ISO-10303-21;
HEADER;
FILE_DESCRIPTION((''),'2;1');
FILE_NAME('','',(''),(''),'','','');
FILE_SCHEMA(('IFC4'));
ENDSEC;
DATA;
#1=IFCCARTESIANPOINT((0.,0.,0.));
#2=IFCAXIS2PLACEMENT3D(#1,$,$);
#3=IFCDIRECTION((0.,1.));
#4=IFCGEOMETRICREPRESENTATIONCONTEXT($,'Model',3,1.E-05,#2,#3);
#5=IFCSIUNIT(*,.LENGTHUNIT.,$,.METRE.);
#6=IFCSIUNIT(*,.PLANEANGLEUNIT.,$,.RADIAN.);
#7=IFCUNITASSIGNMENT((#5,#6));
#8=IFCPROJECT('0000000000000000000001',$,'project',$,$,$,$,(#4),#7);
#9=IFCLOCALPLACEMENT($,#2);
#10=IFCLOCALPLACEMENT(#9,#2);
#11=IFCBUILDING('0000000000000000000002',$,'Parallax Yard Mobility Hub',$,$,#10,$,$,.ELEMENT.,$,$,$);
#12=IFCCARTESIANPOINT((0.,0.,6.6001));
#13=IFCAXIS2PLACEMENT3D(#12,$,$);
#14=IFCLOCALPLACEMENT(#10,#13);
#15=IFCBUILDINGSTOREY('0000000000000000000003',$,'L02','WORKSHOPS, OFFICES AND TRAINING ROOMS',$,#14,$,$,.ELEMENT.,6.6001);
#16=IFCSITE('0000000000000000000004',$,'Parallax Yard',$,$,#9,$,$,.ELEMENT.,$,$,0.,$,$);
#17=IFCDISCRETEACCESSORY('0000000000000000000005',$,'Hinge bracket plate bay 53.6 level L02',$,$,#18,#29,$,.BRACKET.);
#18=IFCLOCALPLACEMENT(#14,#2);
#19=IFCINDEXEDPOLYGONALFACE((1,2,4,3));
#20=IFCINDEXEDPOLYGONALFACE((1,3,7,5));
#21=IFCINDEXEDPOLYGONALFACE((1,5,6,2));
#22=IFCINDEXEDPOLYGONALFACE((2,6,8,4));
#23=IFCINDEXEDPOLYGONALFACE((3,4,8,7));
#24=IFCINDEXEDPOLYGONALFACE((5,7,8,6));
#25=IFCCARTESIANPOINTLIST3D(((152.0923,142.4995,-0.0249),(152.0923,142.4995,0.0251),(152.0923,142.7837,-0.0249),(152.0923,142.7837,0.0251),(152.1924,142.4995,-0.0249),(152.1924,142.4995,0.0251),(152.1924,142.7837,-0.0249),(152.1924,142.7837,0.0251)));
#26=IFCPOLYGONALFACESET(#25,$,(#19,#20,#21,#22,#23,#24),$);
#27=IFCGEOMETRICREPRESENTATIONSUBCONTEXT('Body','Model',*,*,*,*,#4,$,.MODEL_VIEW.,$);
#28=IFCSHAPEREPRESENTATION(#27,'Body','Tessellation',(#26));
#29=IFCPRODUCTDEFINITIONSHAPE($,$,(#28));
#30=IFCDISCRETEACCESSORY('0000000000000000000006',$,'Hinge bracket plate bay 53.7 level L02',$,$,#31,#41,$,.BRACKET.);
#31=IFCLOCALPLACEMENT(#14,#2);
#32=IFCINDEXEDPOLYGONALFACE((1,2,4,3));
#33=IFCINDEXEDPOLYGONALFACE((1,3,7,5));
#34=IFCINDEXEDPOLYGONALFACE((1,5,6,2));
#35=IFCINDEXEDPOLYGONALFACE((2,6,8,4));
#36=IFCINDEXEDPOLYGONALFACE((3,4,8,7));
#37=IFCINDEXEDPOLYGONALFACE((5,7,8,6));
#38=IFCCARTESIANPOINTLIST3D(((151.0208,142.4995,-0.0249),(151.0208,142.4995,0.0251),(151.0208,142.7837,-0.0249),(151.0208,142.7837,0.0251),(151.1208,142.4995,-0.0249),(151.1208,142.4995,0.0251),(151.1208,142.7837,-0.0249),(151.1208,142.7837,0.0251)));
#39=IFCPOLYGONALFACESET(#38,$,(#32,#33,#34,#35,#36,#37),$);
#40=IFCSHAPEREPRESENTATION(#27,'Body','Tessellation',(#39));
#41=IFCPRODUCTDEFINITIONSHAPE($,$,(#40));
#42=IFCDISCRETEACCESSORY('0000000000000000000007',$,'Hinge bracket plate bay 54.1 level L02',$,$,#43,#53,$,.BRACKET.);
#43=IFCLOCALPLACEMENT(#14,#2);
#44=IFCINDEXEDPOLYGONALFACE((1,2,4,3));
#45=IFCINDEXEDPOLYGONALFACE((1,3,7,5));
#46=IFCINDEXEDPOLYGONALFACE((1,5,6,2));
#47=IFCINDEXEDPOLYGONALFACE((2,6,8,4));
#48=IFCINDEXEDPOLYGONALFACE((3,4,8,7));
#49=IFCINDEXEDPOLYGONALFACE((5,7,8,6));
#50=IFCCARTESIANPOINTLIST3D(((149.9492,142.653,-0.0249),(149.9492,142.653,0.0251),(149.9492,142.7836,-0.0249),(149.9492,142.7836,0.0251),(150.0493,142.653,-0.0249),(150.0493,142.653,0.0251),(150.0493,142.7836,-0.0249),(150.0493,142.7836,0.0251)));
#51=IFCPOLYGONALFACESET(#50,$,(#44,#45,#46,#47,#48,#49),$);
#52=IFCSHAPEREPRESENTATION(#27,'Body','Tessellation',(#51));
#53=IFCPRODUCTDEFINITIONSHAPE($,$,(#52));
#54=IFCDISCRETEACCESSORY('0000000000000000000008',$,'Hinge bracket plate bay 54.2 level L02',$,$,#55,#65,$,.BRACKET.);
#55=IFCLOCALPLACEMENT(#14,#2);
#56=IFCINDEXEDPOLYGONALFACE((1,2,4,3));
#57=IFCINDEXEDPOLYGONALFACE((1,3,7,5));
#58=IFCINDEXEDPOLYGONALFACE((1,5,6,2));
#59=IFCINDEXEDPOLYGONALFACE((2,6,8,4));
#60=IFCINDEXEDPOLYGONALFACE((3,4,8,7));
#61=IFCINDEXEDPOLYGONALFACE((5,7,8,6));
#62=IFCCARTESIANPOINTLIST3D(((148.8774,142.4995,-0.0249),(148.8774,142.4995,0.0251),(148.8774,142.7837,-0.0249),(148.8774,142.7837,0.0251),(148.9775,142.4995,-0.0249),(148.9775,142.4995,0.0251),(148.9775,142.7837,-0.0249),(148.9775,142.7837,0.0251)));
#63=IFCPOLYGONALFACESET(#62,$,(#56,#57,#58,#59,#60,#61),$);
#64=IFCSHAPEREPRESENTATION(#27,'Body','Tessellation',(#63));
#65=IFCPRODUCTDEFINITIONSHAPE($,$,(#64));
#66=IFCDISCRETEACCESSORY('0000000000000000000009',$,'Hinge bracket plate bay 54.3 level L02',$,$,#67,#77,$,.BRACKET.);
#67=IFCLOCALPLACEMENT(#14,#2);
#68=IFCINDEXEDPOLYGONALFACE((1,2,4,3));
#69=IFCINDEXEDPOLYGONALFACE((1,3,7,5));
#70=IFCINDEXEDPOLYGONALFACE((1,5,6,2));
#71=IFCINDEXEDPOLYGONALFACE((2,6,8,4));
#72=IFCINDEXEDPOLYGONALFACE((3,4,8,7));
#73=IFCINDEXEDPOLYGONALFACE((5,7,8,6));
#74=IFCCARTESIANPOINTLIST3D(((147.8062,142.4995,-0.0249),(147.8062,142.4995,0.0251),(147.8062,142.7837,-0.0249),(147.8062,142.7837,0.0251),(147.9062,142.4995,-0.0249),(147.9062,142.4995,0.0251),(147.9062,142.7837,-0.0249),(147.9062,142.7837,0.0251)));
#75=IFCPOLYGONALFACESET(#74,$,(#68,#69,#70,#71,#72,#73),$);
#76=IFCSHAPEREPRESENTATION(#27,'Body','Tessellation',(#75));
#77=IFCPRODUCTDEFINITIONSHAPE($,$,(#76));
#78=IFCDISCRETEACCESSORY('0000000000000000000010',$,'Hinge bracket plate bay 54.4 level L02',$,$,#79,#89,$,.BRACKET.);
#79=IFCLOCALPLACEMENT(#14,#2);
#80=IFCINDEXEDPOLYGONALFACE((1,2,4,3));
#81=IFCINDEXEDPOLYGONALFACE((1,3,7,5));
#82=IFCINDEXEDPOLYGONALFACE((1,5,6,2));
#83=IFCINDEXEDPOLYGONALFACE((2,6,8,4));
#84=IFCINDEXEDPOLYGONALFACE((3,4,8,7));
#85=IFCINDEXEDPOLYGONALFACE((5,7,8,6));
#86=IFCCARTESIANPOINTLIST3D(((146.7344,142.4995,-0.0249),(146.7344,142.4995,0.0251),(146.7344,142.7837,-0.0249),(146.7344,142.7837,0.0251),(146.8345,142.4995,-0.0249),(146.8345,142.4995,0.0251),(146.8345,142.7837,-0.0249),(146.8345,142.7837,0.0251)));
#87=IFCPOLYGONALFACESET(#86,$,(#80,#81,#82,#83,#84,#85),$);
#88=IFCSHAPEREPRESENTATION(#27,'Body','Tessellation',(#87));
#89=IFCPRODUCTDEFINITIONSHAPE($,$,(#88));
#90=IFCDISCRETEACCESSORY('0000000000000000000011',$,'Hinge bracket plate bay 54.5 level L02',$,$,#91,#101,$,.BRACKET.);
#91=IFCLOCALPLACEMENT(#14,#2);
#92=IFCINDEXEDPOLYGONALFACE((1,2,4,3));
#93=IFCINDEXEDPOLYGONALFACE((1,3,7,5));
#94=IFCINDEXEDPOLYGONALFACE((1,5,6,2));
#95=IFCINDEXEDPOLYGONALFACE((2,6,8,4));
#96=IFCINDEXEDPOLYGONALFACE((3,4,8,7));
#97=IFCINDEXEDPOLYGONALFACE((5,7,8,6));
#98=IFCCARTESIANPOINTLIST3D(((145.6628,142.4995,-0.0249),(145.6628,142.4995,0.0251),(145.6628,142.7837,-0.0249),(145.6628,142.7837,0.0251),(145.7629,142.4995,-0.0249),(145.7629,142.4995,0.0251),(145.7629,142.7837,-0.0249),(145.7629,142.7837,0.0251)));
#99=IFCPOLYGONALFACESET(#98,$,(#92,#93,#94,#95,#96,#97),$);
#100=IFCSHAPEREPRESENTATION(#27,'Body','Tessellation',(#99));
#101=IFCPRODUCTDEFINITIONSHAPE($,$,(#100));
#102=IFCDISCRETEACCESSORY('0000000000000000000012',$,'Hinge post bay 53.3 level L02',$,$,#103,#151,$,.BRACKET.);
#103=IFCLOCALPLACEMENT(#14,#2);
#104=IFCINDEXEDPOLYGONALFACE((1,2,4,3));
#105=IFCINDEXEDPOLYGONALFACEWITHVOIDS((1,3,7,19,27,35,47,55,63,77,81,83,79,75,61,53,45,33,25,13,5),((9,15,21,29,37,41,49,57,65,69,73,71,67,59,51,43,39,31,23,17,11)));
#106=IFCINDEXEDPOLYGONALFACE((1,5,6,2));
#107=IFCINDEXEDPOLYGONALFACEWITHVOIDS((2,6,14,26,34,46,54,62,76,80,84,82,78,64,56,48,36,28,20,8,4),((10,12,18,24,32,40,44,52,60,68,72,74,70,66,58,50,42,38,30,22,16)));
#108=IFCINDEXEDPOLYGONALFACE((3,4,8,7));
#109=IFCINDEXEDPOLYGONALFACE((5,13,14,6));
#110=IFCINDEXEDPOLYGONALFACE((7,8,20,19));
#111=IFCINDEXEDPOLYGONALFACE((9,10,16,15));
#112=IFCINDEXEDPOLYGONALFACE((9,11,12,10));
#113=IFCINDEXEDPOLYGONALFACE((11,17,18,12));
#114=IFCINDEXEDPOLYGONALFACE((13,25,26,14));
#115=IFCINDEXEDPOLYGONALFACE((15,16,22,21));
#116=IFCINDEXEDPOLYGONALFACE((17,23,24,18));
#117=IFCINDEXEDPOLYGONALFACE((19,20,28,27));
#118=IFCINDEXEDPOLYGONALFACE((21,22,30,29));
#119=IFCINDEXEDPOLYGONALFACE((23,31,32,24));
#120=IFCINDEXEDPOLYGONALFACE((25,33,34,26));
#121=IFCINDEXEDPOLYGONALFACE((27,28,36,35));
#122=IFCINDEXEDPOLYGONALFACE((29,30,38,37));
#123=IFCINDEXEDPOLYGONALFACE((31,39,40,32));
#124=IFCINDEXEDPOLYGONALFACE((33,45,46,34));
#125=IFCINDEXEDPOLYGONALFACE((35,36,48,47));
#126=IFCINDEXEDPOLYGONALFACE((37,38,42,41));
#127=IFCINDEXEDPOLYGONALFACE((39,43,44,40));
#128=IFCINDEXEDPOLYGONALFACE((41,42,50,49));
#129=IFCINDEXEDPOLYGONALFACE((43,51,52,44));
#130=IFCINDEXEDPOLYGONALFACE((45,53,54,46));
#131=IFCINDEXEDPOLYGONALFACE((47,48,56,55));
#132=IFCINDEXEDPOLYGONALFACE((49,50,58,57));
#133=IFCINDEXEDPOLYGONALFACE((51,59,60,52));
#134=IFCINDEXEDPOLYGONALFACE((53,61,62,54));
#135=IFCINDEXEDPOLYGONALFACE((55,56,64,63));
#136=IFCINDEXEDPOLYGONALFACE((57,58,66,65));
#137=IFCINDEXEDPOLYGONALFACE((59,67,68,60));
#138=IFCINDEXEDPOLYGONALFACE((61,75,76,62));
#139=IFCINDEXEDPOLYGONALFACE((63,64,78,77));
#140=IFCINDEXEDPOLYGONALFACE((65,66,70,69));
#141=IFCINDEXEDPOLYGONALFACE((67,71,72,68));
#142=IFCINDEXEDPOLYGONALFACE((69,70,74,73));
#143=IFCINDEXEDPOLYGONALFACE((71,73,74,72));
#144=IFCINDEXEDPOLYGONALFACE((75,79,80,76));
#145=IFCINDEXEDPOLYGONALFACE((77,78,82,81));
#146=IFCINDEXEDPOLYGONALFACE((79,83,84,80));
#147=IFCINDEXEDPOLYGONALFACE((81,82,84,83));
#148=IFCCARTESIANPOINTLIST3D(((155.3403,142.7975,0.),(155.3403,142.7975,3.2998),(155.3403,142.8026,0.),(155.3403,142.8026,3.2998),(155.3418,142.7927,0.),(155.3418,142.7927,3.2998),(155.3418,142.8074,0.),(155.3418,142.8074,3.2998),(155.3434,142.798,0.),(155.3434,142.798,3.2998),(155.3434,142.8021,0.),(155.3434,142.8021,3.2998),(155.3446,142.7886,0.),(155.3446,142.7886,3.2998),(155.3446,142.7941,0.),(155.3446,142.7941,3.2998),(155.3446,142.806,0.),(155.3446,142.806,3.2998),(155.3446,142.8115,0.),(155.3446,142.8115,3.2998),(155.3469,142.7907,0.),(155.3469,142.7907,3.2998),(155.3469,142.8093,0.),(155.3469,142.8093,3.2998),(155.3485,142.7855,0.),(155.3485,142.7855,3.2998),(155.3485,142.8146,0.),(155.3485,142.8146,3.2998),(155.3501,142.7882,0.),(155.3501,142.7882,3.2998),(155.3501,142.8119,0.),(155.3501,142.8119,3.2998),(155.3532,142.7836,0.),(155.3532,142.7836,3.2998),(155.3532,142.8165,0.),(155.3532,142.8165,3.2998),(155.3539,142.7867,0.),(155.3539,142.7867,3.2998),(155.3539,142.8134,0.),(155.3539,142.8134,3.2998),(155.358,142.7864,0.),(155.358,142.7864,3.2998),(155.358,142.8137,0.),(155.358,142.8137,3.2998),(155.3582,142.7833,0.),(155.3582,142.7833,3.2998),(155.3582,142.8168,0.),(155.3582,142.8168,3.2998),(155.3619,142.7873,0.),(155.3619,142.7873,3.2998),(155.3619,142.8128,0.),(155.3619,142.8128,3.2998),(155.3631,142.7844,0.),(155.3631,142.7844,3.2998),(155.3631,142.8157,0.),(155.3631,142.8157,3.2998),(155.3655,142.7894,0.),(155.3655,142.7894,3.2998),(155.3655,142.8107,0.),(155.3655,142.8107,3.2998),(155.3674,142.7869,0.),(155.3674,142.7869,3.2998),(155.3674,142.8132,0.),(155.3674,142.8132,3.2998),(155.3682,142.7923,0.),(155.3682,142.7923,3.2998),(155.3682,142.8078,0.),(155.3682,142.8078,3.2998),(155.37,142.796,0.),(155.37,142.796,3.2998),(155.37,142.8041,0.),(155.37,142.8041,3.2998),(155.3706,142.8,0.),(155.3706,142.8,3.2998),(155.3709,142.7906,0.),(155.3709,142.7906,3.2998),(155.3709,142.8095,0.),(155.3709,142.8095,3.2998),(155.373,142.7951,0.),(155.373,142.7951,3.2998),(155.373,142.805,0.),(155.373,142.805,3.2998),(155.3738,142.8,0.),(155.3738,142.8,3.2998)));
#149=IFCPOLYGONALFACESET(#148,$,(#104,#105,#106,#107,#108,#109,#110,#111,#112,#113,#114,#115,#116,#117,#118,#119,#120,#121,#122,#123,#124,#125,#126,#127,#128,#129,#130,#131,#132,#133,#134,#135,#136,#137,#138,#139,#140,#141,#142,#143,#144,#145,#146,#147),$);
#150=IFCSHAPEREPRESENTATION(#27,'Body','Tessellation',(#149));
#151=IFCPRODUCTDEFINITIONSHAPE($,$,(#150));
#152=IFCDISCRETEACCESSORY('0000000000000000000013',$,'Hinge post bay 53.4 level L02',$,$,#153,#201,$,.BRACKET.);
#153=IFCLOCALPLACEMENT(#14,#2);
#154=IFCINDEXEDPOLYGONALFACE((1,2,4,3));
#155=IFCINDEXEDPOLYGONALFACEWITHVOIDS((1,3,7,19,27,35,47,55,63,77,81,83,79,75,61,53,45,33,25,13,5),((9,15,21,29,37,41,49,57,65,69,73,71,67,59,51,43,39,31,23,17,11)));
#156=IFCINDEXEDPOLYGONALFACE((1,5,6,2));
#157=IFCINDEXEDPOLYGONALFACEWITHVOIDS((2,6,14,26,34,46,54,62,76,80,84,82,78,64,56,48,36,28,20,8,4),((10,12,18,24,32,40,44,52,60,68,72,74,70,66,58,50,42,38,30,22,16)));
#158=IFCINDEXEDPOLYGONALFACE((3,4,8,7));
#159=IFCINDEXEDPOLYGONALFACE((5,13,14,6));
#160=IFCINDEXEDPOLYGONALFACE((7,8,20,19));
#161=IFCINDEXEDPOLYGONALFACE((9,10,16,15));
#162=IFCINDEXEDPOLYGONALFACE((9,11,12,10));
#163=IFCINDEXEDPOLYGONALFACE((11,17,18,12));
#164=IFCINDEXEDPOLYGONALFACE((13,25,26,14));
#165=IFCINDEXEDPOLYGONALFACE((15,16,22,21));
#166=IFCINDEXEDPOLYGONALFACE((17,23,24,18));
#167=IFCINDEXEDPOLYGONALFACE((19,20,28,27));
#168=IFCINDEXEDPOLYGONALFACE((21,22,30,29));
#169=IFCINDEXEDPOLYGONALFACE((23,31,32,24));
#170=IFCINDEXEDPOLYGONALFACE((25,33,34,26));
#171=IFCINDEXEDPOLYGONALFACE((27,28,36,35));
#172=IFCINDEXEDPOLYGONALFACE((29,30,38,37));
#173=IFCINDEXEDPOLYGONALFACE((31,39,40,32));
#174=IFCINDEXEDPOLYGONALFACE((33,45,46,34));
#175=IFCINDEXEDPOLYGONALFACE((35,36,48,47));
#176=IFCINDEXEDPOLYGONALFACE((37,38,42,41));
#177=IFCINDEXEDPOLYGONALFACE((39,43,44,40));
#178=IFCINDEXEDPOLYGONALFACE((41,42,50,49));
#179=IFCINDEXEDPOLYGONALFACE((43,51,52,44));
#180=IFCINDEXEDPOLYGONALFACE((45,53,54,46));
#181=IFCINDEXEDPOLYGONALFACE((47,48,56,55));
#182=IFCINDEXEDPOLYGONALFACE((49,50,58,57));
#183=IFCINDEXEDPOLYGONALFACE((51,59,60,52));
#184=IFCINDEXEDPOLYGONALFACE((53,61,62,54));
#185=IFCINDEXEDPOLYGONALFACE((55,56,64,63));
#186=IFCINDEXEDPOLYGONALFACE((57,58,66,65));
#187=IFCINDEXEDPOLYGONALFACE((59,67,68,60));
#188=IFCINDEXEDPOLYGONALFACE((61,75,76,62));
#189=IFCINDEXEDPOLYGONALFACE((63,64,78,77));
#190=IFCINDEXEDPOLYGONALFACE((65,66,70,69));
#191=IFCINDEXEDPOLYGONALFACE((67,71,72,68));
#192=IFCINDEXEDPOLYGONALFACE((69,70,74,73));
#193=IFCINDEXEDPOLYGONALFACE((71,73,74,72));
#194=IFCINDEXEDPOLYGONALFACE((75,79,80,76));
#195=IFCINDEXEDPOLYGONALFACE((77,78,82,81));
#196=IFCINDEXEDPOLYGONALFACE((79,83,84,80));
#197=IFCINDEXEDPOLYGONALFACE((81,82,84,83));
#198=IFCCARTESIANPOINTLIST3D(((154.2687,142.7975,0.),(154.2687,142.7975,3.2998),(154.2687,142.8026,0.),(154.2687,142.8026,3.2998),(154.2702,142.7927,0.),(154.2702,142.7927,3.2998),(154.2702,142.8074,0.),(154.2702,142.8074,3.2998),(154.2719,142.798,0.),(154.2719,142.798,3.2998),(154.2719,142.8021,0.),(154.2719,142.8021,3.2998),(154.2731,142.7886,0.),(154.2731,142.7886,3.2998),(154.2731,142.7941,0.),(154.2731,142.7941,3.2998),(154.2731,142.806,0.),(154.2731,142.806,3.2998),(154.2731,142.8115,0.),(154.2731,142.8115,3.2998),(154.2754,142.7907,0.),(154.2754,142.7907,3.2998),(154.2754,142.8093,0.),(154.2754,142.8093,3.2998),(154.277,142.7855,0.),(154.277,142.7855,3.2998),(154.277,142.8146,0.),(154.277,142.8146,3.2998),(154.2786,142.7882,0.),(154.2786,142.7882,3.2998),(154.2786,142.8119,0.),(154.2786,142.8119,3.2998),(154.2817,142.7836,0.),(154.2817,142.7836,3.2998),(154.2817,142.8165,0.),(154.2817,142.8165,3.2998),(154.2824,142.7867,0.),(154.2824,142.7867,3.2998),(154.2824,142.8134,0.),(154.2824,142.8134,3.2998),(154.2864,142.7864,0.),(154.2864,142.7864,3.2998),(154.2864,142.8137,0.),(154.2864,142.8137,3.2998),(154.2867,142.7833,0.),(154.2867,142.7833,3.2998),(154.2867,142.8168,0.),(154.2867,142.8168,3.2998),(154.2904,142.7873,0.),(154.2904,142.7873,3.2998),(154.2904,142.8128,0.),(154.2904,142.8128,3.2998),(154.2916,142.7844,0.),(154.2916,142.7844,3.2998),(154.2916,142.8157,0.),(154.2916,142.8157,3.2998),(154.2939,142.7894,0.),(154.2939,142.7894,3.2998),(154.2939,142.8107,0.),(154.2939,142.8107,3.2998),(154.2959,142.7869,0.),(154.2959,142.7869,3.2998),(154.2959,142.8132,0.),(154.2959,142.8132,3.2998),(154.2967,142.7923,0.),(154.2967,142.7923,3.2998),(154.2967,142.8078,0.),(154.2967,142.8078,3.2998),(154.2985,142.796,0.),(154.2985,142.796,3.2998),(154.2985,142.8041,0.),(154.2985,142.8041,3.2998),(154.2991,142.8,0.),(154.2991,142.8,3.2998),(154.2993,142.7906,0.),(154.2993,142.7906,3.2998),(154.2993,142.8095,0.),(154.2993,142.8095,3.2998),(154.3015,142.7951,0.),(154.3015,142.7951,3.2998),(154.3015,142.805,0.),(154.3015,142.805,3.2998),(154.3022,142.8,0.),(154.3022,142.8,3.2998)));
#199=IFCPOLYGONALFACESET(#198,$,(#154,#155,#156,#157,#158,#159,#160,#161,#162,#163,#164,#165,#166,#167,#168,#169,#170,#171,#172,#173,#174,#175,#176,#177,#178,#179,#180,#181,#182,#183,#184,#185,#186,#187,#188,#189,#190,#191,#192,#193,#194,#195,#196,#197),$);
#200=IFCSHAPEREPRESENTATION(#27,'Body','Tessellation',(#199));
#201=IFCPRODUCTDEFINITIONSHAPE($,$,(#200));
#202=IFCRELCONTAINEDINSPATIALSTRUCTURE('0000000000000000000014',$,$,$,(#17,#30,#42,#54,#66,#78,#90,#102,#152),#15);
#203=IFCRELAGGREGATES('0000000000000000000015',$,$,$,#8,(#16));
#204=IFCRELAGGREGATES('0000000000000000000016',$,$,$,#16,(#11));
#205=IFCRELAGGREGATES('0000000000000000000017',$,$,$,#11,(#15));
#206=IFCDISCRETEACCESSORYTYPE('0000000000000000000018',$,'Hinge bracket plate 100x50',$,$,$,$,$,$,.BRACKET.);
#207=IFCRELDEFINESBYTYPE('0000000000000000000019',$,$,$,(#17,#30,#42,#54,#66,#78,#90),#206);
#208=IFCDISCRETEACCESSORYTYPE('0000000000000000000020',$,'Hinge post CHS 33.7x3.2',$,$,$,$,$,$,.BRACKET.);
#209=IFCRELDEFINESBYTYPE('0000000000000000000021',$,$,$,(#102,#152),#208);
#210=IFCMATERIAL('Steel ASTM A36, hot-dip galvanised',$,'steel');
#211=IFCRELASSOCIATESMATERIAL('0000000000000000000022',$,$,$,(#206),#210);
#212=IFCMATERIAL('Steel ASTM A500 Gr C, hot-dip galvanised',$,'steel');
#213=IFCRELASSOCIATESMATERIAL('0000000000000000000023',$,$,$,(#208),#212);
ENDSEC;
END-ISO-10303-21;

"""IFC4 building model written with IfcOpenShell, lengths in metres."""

from ifc_helpers import new_model, si_unit, direction, frame, origin, origin_2d, place, context, subcontext, project, spatial, rectangle, hollow_circle, extrude, material, material_profile, profile_set, type_object, element, save


model = new_model("IFC4")

# Units and contexts
model_context = context("Model", 3, precision=1e-05, world=origin(), true_north=direction((0.0, 1.0)))
body_context = subcontext(model_context, "Body", "Model", "MODEL_VIEW")
ifc_project = project(units=[si_unit("LENGTHUNIT", "METRE"), si_unit("PLANEANGLEUNIT", "RADIAN")], contexts=[model_context])

# Site, building, storey
site_placement = place(None, origin())
site = spatial("IfcSite", under=ifc_project, at=site_placement, Name="Parallax Yard", CompositionType="ELEMENT", RefElevation=0.0)
building_placement = place(site_placement, origin())
building = spatial("IfcBuilding", under=site, at=building_placement, Name="Parallax Yard Mobility Hub", CompositionType="ELEMENT")
storey_placement = place(building_placement, frame((0.0, 0.0, 6.6001)))
storey = spatial("IfcBuildingStorey", under=building, at=storey_placement, Name="L02", Description="WORKSHOPS, OFFICES AND TRAINING ROOMS", CompositionType="ELEMENT", Elevation=6.6001)

# Discrete accessories
ifc_material_1 = material(Name="Steel ASTM A36, hot-dip galvanised", Category="steel")
discrete_accessory_type_1 = type_object("IfcDiscreteAccessoryType", Name="Hinge bracket plate 100x50", PredefinedType="BRACKET", material=ifc_material_1)
for number, where, z_axis, x_axis, name in (
    (1, (152.1423, 142.6416, -0.0249), (0.0, 0.0, 1.0), (0.0, 1.0, 0.0), "Hinge bracket plate bay 53.6 level L02"),
    (2, (151.0708, 142.6416, -0.0249), (0.0, 0.0, 1.0), (0.0, 1.0, 0.0), "Hinge bracket plate bay 53.7 level L02"),
):
    element("IfcDiscreteAccessory", number, at=place(storey_placement, frame(where, z_axis=z_axis, x_axis=x_axis)), inside=storey, type_object=discrete_accessory_type_1, Name=name, PredefinedType="BRACKET", context=body_context, shape_type="SweptSolid", body=[
        extrude(rectangle(XDim=0.2842, YDim=0.1001, at=origin_2d()), origin(), (0.0, 0.0, 1.0), 0.05),
    ])
discrete_accessory_placement = place(storey_placement, frame((149.9993, 142.7183, -0.0249), z_axis=(0.0, 0.0, 1.0), x_axis=(0.0, 1.0, 0.0)))
element("IfcDiscreteAccessory", 3, at=discrete_accessory_placement, inside=storey, type_object=discrete_accessory_type_1, Name="Hinge bracket plate bay 54.1 level L02", PredefinedType="BRACKET", context=body_context, shape_type="SweptSolid", body=[
    extrude(rectangle(XDim=0.1306, YDim=0.1001, at=origin_2d()), origin(), (0.0, 0.0, 1.0), 0.05),
])
for number, where, z_axis, x_axis, name in (
    (4, (148.9275, 142.6416, -0.0249), (0.0, 0.0, 1.0), (0.0, 1.0, 0.0), "Hinge bracket plate bay 54.2 level L02"),
    (5, (147.8562, 142.6416, -0.0249), (0.0, 0.0, 1.0), (0.0, 1.0, 0.0), "Hinge bracket plate bay 54.3 level L02"),
    (6, (146.7844, 142.6416, -0.0249), (0.0, 0.0, 1.0), (0.0, 1.0, 0.0), "Hinge bracket plate bay 54.4 level L02"),
    (7, (145.7129, 142.6416, -0.0249), (0.0, 0.0, 1.0), (0.0, 1.0, 0.0), "Hinge bracket plate bay 54.5 level L02"),
):
    element("IfcDiscreteAccessory", number, at=place(storey_placement, frame(where, z_axis=z_axis, x_axis=x_axis)), inside=storey, type_object=discrete_accessory_type_1, Name=name, PredefinedType="BRACKET", context=body_context, shape_type="SweptSolid", body=[
        extrude(rectangle(XDim=0.2842, YDim=0.1001, at=origin_2d()), origin(), (0.0, 0.0, 1.0), 0.05),
    ])
ifc_material_2 = material(Name="Steel ASTM A500 Gr C, hot-dip galvanised", Category="steel")
ifc_material_profile_1 = material_profile(ifc_material_2, hollow_circle(Radius=0.0168, WallThickness=0.0032, at=origin_2d()), Name="CHS 33.7x3.2")
ifc_profile_set_1 = profile_set([ifc_material_profile_1], Name="Steel ASTM A500 Gr C, hot-dip galvanised")
discrete_accessory_type_2 = type_object("IfcDiscreteAccessoryType", Name="Hinge post CHS 33.7x3.2", PredefinedType="BRACKET", material=ifc_profile_set_1)
for number, where, z_axis, x_axis, name in (
    (8, (155.3569, 142.8, 0.0), (0.0, 0.0, 1.0), (1.0, 0.0, 0.0), "Hinge post bay 53.3 level L02"),
    (9, (154.2854, 142.8, 0.0), (0.0, 0.0, 1.0), (1.0, 0.0, 0.0), "Hinge post bay 53.4 level L02"),
):
    element("IfcDiscreteAccessory", number, at=place(storey_placement, frame(where, z_axis=z_axis, x_axis=x_axis)), inside=storey, type_object=discrete_accessory_type_2, Name=name, PredefinedType="BRACKET", context=body_context, shape_type="SweptSolid", body=[
        extrude(hollow_circle(Radius=0.0168, WallThickness=0.0032, at=origin_2d()), origin(), (0.0, 0.0, 1.0), 3.2998),
    ])

save(model, "model.ifc")
